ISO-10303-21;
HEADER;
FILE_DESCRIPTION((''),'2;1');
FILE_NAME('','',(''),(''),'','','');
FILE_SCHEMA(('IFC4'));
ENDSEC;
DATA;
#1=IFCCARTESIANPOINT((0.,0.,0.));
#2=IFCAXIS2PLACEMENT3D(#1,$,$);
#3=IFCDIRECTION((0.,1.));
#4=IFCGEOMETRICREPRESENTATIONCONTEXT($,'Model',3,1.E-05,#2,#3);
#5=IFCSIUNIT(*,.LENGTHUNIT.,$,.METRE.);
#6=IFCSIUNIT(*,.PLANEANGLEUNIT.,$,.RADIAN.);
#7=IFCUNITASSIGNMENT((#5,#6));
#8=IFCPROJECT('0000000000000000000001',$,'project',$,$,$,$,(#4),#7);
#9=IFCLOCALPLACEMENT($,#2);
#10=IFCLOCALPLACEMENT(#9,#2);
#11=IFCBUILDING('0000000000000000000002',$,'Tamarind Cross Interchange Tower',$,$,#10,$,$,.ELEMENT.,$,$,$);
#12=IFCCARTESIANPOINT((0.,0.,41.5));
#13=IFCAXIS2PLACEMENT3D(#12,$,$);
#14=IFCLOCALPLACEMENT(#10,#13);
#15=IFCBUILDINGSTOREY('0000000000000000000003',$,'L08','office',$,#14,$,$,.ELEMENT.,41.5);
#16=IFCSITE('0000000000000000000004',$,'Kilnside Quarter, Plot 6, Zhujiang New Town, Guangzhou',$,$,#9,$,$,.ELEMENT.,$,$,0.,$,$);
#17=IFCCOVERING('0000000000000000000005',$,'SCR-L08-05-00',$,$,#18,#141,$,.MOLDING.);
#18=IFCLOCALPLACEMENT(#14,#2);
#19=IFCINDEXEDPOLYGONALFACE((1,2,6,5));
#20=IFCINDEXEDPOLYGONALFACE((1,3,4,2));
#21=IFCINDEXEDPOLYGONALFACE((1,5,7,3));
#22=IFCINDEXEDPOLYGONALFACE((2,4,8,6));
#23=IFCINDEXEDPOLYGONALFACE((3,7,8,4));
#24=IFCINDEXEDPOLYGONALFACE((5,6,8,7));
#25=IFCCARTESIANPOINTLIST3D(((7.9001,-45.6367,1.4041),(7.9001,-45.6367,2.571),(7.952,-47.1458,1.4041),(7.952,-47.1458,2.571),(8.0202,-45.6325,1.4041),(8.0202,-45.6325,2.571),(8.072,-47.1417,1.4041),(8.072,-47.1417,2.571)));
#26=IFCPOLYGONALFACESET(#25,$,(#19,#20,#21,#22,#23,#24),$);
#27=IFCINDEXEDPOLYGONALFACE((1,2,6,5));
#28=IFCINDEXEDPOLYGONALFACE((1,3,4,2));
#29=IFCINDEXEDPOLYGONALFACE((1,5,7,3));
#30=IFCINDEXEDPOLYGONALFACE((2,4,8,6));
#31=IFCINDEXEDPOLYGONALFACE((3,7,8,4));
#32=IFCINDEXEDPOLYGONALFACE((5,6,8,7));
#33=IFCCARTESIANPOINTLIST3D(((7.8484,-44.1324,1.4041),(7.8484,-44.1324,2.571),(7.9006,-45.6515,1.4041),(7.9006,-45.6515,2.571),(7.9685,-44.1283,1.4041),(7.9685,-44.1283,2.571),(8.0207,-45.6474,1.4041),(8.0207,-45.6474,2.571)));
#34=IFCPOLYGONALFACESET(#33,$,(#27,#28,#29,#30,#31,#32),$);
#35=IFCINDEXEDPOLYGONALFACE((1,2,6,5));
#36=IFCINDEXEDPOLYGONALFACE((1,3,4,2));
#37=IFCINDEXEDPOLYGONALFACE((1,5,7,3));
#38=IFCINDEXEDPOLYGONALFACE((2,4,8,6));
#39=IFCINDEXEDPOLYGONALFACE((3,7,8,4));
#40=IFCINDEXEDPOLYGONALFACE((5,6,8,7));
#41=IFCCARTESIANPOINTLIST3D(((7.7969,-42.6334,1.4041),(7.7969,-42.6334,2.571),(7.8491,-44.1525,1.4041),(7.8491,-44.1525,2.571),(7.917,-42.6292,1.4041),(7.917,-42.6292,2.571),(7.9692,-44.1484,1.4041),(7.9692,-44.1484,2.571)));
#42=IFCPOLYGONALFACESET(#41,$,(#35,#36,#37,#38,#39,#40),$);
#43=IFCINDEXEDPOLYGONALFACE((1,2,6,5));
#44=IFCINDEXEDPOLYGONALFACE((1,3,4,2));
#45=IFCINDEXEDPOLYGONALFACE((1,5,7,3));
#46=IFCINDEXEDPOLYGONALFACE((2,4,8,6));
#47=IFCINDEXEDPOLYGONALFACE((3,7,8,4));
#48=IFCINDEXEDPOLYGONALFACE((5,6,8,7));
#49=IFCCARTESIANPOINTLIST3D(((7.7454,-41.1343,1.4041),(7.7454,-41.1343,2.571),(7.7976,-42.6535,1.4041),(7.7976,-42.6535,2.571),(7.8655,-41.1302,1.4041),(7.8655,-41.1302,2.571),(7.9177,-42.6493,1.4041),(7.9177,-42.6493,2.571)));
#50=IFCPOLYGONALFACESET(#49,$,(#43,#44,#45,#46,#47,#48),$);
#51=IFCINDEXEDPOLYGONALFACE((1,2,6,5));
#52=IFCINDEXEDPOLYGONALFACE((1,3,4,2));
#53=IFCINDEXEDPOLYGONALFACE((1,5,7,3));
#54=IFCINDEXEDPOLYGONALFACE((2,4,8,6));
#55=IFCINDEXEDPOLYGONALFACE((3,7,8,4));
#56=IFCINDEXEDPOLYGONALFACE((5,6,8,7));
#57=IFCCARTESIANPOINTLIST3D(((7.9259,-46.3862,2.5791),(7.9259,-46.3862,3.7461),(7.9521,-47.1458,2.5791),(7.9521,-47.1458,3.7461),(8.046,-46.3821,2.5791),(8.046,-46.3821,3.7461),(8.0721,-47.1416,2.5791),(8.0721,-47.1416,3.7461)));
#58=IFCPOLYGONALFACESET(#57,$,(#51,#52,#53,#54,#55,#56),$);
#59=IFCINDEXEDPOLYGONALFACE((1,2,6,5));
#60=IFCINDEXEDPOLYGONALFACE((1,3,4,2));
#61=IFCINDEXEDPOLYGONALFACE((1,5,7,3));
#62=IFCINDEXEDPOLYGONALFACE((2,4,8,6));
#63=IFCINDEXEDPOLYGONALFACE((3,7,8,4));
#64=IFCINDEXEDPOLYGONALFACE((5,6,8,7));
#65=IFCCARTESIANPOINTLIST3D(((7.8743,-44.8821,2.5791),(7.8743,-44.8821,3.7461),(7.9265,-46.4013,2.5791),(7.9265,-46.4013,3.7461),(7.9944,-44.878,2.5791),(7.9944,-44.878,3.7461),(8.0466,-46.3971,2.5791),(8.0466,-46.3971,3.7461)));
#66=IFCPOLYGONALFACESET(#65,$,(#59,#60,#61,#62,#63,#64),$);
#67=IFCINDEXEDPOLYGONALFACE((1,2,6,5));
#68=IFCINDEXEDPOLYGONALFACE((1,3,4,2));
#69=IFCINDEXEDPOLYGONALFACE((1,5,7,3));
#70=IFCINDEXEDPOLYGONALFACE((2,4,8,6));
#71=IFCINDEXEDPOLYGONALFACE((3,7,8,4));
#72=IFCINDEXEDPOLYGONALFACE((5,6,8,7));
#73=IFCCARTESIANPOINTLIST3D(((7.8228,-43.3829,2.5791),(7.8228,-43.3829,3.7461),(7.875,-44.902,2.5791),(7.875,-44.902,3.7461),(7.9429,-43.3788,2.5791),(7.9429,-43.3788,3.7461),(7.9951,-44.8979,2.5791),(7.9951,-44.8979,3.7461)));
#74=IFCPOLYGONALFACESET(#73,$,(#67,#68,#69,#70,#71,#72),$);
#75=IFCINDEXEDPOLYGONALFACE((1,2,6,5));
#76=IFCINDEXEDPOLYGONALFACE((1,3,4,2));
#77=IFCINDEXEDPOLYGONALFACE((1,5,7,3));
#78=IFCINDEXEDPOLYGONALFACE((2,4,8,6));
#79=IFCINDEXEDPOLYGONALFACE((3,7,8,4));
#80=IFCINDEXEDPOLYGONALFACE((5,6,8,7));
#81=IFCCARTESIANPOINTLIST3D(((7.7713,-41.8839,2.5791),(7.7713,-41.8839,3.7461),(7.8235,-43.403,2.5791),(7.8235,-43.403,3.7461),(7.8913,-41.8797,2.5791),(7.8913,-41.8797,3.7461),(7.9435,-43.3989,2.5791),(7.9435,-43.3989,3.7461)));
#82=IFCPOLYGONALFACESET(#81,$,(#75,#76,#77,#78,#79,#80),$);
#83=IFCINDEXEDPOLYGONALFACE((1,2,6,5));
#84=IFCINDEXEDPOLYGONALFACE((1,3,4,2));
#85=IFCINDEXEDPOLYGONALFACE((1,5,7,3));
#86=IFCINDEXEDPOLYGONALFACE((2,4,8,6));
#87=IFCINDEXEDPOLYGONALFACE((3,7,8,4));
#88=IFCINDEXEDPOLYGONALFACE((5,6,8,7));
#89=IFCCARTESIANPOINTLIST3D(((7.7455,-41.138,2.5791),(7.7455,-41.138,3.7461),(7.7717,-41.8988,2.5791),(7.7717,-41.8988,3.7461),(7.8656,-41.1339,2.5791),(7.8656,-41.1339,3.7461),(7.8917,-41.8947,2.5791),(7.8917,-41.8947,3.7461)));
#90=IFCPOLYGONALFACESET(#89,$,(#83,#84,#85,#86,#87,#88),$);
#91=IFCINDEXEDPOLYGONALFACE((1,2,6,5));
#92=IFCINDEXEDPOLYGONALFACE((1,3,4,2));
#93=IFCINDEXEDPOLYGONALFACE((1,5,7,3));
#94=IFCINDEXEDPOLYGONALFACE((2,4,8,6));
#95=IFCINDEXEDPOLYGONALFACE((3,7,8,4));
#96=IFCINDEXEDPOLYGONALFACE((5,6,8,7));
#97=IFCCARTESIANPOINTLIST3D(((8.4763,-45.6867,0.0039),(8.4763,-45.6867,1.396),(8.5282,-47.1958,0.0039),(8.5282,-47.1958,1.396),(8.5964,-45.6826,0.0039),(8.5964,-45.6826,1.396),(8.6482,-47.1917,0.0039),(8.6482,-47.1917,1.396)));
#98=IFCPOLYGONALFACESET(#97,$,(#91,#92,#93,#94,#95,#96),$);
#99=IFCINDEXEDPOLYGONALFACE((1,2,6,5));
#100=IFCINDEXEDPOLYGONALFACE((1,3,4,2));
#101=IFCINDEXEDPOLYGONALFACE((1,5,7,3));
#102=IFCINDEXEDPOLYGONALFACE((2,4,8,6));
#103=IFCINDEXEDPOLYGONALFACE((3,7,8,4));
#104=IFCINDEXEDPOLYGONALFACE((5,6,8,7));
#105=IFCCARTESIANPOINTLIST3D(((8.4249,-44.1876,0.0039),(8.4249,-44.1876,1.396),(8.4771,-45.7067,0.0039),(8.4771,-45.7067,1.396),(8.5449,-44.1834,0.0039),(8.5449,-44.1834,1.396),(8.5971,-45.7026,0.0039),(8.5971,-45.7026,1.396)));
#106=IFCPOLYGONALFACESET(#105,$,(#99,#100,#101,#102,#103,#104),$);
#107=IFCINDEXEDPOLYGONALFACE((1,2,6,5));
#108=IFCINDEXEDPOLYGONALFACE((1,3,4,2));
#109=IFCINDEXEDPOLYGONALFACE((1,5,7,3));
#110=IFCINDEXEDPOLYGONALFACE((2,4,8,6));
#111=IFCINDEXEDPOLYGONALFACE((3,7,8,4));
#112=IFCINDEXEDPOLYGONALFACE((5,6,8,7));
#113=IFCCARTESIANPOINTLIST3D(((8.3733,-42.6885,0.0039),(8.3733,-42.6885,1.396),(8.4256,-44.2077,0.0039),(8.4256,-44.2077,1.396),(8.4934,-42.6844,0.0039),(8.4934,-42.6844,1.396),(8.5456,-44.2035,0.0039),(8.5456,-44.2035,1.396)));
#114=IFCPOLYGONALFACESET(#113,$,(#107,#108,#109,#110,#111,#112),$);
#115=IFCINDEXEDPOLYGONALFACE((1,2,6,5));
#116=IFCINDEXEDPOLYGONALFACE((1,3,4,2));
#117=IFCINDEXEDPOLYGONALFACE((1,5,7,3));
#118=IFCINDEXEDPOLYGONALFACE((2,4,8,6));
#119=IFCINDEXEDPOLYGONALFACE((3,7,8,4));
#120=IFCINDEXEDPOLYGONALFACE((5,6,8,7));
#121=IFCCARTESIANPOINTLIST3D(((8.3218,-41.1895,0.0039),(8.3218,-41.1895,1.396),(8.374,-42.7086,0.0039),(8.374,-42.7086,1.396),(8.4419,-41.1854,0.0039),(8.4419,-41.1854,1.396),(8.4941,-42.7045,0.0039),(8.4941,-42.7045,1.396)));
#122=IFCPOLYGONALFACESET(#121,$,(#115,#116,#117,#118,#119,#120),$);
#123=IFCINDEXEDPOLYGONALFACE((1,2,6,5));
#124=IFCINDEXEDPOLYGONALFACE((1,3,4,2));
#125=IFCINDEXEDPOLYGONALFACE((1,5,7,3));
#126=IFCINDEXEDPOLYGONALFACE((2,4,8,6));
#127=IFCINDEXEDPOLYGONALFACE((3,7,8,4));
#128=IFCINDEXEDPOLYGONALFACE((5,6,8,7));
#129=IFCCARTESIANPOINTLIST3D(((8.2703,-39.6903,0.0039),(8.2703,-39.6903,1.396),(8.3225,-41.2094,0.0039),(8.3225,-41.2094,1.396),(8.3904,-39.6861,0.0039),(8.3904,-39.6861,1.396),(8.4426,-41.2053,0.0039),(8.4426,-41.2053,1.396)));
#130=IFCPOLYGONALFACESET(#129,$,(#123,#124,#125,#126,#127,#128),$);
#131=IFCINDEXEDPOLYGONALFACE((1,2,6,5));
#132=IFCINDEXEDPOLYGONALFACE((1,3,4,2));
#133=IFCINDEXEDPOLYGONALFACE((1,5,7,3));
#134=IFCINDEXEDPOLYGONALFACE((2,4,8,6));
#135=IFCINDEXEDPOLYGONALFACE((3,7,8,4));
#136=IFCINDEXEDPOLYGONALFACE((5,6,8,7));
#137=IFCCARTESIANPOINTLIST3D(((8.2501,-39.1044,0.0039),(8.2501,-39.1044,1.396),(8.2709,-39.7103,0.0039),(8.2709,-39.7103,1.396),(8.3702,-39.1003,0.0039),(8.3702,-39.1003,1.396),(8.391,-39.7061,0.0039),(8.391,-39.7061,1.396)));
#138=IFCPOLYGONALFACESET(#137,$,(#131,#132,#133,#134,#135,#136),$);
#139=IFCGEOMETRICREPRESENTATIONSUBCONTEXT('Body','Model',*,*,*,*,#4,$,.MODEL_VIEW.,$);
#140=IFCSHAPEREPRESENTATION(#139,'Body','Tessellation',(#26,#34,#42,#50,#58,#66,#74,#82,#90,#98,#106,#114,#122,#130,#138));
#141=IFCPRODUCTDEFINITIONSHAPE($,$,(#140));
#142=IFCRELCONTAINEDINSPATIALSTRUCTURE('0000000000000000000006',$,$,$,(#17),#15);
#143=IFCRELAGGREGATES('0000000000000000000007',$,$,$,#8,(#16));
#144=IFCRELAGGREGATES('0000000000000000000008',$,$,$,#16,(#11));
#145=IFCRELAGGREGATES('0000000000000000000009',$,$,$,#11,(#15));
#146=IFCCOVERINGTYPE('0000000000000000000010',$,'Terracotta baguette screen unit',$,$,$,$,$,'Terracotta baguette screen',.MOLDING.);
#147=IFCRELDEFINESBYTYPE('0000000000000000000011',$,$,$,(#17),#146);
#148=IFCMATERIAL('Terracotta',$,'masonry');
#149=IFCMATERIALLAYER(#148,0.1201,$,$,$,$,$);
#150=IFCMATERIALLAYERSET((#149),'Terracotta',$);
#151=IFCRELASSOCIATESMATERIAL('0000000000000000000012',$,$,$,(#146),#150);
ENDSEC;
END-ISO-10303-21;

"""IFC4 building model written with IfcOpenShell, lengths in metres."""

from ifc_helpers import new_model, si_unit, direction, frame, origin, origin_2d, place, context, subcontext, project, spatial, rectangle, extrude, material, layer, layer_set, type_object, element, save


model = new_model("IFC4")

# Units and contexts
model_context = context("Model", 3, precision=1e-05, world=origin(), true_north=direction((0.0, 1.0)))
body_context = subcontext(model_context, "Body", "Model", "MODEL_VIEW")
ifc_project = project(units=[si_unit("LENGTHUNIT", "METRE"), si_unit("PLANEANGLEUNIT", "RADIAN")], contexts=[model_context])

# Site, building, storey
site_placement = place(None, origin())
site = spatial("IfcSite", under=ifc_project, at=site_placement, Name="Kilnside Quarter, Plot 6, Zhujiang New Town, Guangzhou", CompositionType="ELEMENT", RefElevation=0.0)
building_placement = place(site_placement, origin())
building = spatial("IfcBuilding", under=site, at=building_placement, Name="Tamarind Cross Interchange Tower", CompositionType="ELEMENT")
storey_placement = place(building_placement, frame((0.0, 0.0, 41.5)))
storey = spatial("IfcBuildingStorey", under=building, at=storey_placement, Name="L08", Description="office", CompositionType="ELEMENT", Elevation=41.5)

# Covering
ifc_material_1 = material(Name="Terracotta", Category="masonry")
ifc_layer_1 = layer(ifc_material_1, 0.1201)
ifc_layer_set_1 = layer_set([ifc_layer_1], Name="Terracotta")
covering_type = type_object("IfcCoveringType", Name="Terracotta baguette screen unit", ElementType="Terracotta baguette screen", PredefinedType="MOLDING", material=ifc_layer_set_1)
covering_1_placement = place(storey_placement, origin())
element("IfcCovering", 1, at=covering_1_placement, inside=storey, type_object=covering_type, Name="SCR-L08-05-00", PredefinedType="MOLDING", context=body_context, shape_type="SweptSolid", body=[
    extrude(rectangle(XDim=1.51, YDim=0.1201, at=origin_2d()), frame((7.9861, -46.3892, 1.4041), z_axis=(0.0, 0.0, 1.0), x_axis=(-0.034343, 0.99941, 0.0)), (0.0, 0.0, 1.0), 1.167),
    extrude(rectangle(XDim=1.52, YDim=0.1201, at=origin_2d()), frame((7.9346, -44.8899, 1.4041), z_axis=(0.0, 0.0, 1.0), x_axis=(-0.034343, 0.99941, 0.0)), (0.0, 0.0, 1.0), 1.167),
    extrude(rectangle(XDim=1.52, YDim=0.1201, at=origin_2d()), frame((7.8831, -43.3909, 1.4041), z_axis=(0.0, 0.0, 1.0), x_axis=(-0.034343, 0.99941, 0.0)), (0.0, 0.0, 1.0), 1.167),
    extrude(rectangle(XDim=1.52, YDim=0.1201, at=origin_2d()), frame((7.8315, -41.8918, 1.4041), z_axis=(0.0, 0.0, 1.0), x_axis=(-0.034343, 0.99941, 0.0)), (0.0, 0.0, 1.0), 1.167),
    extrude(rectangle(XDim=0.76, YDim=0.1201, at=origin_2d()), frame((7.999, -46.7639, 2.5791), z_axis=(0.0, 0.0, 1.0), x_axis=(-0.034343, 0.99941, 0.0)), (0.0, 0.0, 1.0), 1.167),
    extrude(rectangle(XDim=1.52, YDim=0.1201, at=origin_2d()), frame((7.9604, -45.6396, 2.5791), z_axis=(0.0, 0.0, 1.0), x_axis=(-0.034343, 0.99941, 0.0)), (0.0, 0.0, 1.0), 1.167),
    extrude(rectangle(XDim=1.52, YDim=0.1201, at=origin_2d()), frame((7.9089, -44.1404, 2.5791), z_axis=(0.0, 0.0, 1.0), x_axis=(-0.034343, 0.99941, 0.0)), (0.0, 0.0, 1.0), 1.167),
    extrude(rectangle(XDim=1.52, YDim=0.1201, at=origin_2d()), frame((7.8574, -42.6414, 2.5791), z_axis=(0.0, 0.0, 1.0), x_axis=(-0.034343, 0.99941, 0.0)), (0.0, 0.0, 1.0), 1.167),
    extrude(rectangle(XDim=0.7612, YDim=0.1201, at=origin_2d()), frame((7.8186, -41.5164, 2.5791), z_axis=(0.0, 0.0, 1.0), x_axis=(-0.034343, 0.99941, 0.0)), (0.0, 0.0, 1.0), 1.167),
    extrude(rectangle(XDim=1.51, YDim=0.1201, at=origin_2d()), frame((8.5623, -46.4392, 0.0039), z_axis=(0.0, 0.0, 1.0), x_axis=(-0.034343, 0.99941, 0.0)), (0.0, 0.0, 1.0), 1.3921),
    extrude(rectangle(XDim=1.52, YDim=0.1201, at=origin_2d()), frame((8.511, -44.9451, 0.0039), z_axis=(0.0, 0.0, 1.0), x_axis=(-0.034343, 0.99941, 0.0)), (0.0, 0.0, 1.0), 1.3921),
    extrude(rectangle(XDim=1.52, YDim=0.1201, at=origin_2d()), frame((8.4595, -43.446, 0.0039), z_axis=(0.0, 0.0, 1.0), x_axis=(-0.034343, 0.99941, 0.0)), (0.0, 0.0, 1.0), 1.3921),
    extrude(rectangle(XDim=1.52, YDim=0.1201, at=origin_2d()), frame((8.408, -41.947, 0.0039), z_axis=(0.0, 0.0, 1.0), x_axis=(-0.034343, 0.99941, 0.0)), (0.0, 0.0, 1.0), 1.3921),
    extrude(rectangle(XDim=1.52, YDim=0.1201, at=origin_2d()), frame((8.3564, -40.4478, 0.0039), z_axis=(0.0, 0.0, 1.0), x_axis=(-0.034343, 0.99941, 0.0)), (0.0, 0.0, 1.0), 1.3921),
    extrude(rectangle(XDim=0.6062, YDim=0.1201, at=origin_2d()), frame((8.3206, -39.4053, 0.0039), z_axis=(0.0, 0.0, 1.0), x_axis=(-0.034343, 0.99941, 0.0)), (0.0, 0.0, 1.0), 1.3921),
])

save(model, "model.ifc")
